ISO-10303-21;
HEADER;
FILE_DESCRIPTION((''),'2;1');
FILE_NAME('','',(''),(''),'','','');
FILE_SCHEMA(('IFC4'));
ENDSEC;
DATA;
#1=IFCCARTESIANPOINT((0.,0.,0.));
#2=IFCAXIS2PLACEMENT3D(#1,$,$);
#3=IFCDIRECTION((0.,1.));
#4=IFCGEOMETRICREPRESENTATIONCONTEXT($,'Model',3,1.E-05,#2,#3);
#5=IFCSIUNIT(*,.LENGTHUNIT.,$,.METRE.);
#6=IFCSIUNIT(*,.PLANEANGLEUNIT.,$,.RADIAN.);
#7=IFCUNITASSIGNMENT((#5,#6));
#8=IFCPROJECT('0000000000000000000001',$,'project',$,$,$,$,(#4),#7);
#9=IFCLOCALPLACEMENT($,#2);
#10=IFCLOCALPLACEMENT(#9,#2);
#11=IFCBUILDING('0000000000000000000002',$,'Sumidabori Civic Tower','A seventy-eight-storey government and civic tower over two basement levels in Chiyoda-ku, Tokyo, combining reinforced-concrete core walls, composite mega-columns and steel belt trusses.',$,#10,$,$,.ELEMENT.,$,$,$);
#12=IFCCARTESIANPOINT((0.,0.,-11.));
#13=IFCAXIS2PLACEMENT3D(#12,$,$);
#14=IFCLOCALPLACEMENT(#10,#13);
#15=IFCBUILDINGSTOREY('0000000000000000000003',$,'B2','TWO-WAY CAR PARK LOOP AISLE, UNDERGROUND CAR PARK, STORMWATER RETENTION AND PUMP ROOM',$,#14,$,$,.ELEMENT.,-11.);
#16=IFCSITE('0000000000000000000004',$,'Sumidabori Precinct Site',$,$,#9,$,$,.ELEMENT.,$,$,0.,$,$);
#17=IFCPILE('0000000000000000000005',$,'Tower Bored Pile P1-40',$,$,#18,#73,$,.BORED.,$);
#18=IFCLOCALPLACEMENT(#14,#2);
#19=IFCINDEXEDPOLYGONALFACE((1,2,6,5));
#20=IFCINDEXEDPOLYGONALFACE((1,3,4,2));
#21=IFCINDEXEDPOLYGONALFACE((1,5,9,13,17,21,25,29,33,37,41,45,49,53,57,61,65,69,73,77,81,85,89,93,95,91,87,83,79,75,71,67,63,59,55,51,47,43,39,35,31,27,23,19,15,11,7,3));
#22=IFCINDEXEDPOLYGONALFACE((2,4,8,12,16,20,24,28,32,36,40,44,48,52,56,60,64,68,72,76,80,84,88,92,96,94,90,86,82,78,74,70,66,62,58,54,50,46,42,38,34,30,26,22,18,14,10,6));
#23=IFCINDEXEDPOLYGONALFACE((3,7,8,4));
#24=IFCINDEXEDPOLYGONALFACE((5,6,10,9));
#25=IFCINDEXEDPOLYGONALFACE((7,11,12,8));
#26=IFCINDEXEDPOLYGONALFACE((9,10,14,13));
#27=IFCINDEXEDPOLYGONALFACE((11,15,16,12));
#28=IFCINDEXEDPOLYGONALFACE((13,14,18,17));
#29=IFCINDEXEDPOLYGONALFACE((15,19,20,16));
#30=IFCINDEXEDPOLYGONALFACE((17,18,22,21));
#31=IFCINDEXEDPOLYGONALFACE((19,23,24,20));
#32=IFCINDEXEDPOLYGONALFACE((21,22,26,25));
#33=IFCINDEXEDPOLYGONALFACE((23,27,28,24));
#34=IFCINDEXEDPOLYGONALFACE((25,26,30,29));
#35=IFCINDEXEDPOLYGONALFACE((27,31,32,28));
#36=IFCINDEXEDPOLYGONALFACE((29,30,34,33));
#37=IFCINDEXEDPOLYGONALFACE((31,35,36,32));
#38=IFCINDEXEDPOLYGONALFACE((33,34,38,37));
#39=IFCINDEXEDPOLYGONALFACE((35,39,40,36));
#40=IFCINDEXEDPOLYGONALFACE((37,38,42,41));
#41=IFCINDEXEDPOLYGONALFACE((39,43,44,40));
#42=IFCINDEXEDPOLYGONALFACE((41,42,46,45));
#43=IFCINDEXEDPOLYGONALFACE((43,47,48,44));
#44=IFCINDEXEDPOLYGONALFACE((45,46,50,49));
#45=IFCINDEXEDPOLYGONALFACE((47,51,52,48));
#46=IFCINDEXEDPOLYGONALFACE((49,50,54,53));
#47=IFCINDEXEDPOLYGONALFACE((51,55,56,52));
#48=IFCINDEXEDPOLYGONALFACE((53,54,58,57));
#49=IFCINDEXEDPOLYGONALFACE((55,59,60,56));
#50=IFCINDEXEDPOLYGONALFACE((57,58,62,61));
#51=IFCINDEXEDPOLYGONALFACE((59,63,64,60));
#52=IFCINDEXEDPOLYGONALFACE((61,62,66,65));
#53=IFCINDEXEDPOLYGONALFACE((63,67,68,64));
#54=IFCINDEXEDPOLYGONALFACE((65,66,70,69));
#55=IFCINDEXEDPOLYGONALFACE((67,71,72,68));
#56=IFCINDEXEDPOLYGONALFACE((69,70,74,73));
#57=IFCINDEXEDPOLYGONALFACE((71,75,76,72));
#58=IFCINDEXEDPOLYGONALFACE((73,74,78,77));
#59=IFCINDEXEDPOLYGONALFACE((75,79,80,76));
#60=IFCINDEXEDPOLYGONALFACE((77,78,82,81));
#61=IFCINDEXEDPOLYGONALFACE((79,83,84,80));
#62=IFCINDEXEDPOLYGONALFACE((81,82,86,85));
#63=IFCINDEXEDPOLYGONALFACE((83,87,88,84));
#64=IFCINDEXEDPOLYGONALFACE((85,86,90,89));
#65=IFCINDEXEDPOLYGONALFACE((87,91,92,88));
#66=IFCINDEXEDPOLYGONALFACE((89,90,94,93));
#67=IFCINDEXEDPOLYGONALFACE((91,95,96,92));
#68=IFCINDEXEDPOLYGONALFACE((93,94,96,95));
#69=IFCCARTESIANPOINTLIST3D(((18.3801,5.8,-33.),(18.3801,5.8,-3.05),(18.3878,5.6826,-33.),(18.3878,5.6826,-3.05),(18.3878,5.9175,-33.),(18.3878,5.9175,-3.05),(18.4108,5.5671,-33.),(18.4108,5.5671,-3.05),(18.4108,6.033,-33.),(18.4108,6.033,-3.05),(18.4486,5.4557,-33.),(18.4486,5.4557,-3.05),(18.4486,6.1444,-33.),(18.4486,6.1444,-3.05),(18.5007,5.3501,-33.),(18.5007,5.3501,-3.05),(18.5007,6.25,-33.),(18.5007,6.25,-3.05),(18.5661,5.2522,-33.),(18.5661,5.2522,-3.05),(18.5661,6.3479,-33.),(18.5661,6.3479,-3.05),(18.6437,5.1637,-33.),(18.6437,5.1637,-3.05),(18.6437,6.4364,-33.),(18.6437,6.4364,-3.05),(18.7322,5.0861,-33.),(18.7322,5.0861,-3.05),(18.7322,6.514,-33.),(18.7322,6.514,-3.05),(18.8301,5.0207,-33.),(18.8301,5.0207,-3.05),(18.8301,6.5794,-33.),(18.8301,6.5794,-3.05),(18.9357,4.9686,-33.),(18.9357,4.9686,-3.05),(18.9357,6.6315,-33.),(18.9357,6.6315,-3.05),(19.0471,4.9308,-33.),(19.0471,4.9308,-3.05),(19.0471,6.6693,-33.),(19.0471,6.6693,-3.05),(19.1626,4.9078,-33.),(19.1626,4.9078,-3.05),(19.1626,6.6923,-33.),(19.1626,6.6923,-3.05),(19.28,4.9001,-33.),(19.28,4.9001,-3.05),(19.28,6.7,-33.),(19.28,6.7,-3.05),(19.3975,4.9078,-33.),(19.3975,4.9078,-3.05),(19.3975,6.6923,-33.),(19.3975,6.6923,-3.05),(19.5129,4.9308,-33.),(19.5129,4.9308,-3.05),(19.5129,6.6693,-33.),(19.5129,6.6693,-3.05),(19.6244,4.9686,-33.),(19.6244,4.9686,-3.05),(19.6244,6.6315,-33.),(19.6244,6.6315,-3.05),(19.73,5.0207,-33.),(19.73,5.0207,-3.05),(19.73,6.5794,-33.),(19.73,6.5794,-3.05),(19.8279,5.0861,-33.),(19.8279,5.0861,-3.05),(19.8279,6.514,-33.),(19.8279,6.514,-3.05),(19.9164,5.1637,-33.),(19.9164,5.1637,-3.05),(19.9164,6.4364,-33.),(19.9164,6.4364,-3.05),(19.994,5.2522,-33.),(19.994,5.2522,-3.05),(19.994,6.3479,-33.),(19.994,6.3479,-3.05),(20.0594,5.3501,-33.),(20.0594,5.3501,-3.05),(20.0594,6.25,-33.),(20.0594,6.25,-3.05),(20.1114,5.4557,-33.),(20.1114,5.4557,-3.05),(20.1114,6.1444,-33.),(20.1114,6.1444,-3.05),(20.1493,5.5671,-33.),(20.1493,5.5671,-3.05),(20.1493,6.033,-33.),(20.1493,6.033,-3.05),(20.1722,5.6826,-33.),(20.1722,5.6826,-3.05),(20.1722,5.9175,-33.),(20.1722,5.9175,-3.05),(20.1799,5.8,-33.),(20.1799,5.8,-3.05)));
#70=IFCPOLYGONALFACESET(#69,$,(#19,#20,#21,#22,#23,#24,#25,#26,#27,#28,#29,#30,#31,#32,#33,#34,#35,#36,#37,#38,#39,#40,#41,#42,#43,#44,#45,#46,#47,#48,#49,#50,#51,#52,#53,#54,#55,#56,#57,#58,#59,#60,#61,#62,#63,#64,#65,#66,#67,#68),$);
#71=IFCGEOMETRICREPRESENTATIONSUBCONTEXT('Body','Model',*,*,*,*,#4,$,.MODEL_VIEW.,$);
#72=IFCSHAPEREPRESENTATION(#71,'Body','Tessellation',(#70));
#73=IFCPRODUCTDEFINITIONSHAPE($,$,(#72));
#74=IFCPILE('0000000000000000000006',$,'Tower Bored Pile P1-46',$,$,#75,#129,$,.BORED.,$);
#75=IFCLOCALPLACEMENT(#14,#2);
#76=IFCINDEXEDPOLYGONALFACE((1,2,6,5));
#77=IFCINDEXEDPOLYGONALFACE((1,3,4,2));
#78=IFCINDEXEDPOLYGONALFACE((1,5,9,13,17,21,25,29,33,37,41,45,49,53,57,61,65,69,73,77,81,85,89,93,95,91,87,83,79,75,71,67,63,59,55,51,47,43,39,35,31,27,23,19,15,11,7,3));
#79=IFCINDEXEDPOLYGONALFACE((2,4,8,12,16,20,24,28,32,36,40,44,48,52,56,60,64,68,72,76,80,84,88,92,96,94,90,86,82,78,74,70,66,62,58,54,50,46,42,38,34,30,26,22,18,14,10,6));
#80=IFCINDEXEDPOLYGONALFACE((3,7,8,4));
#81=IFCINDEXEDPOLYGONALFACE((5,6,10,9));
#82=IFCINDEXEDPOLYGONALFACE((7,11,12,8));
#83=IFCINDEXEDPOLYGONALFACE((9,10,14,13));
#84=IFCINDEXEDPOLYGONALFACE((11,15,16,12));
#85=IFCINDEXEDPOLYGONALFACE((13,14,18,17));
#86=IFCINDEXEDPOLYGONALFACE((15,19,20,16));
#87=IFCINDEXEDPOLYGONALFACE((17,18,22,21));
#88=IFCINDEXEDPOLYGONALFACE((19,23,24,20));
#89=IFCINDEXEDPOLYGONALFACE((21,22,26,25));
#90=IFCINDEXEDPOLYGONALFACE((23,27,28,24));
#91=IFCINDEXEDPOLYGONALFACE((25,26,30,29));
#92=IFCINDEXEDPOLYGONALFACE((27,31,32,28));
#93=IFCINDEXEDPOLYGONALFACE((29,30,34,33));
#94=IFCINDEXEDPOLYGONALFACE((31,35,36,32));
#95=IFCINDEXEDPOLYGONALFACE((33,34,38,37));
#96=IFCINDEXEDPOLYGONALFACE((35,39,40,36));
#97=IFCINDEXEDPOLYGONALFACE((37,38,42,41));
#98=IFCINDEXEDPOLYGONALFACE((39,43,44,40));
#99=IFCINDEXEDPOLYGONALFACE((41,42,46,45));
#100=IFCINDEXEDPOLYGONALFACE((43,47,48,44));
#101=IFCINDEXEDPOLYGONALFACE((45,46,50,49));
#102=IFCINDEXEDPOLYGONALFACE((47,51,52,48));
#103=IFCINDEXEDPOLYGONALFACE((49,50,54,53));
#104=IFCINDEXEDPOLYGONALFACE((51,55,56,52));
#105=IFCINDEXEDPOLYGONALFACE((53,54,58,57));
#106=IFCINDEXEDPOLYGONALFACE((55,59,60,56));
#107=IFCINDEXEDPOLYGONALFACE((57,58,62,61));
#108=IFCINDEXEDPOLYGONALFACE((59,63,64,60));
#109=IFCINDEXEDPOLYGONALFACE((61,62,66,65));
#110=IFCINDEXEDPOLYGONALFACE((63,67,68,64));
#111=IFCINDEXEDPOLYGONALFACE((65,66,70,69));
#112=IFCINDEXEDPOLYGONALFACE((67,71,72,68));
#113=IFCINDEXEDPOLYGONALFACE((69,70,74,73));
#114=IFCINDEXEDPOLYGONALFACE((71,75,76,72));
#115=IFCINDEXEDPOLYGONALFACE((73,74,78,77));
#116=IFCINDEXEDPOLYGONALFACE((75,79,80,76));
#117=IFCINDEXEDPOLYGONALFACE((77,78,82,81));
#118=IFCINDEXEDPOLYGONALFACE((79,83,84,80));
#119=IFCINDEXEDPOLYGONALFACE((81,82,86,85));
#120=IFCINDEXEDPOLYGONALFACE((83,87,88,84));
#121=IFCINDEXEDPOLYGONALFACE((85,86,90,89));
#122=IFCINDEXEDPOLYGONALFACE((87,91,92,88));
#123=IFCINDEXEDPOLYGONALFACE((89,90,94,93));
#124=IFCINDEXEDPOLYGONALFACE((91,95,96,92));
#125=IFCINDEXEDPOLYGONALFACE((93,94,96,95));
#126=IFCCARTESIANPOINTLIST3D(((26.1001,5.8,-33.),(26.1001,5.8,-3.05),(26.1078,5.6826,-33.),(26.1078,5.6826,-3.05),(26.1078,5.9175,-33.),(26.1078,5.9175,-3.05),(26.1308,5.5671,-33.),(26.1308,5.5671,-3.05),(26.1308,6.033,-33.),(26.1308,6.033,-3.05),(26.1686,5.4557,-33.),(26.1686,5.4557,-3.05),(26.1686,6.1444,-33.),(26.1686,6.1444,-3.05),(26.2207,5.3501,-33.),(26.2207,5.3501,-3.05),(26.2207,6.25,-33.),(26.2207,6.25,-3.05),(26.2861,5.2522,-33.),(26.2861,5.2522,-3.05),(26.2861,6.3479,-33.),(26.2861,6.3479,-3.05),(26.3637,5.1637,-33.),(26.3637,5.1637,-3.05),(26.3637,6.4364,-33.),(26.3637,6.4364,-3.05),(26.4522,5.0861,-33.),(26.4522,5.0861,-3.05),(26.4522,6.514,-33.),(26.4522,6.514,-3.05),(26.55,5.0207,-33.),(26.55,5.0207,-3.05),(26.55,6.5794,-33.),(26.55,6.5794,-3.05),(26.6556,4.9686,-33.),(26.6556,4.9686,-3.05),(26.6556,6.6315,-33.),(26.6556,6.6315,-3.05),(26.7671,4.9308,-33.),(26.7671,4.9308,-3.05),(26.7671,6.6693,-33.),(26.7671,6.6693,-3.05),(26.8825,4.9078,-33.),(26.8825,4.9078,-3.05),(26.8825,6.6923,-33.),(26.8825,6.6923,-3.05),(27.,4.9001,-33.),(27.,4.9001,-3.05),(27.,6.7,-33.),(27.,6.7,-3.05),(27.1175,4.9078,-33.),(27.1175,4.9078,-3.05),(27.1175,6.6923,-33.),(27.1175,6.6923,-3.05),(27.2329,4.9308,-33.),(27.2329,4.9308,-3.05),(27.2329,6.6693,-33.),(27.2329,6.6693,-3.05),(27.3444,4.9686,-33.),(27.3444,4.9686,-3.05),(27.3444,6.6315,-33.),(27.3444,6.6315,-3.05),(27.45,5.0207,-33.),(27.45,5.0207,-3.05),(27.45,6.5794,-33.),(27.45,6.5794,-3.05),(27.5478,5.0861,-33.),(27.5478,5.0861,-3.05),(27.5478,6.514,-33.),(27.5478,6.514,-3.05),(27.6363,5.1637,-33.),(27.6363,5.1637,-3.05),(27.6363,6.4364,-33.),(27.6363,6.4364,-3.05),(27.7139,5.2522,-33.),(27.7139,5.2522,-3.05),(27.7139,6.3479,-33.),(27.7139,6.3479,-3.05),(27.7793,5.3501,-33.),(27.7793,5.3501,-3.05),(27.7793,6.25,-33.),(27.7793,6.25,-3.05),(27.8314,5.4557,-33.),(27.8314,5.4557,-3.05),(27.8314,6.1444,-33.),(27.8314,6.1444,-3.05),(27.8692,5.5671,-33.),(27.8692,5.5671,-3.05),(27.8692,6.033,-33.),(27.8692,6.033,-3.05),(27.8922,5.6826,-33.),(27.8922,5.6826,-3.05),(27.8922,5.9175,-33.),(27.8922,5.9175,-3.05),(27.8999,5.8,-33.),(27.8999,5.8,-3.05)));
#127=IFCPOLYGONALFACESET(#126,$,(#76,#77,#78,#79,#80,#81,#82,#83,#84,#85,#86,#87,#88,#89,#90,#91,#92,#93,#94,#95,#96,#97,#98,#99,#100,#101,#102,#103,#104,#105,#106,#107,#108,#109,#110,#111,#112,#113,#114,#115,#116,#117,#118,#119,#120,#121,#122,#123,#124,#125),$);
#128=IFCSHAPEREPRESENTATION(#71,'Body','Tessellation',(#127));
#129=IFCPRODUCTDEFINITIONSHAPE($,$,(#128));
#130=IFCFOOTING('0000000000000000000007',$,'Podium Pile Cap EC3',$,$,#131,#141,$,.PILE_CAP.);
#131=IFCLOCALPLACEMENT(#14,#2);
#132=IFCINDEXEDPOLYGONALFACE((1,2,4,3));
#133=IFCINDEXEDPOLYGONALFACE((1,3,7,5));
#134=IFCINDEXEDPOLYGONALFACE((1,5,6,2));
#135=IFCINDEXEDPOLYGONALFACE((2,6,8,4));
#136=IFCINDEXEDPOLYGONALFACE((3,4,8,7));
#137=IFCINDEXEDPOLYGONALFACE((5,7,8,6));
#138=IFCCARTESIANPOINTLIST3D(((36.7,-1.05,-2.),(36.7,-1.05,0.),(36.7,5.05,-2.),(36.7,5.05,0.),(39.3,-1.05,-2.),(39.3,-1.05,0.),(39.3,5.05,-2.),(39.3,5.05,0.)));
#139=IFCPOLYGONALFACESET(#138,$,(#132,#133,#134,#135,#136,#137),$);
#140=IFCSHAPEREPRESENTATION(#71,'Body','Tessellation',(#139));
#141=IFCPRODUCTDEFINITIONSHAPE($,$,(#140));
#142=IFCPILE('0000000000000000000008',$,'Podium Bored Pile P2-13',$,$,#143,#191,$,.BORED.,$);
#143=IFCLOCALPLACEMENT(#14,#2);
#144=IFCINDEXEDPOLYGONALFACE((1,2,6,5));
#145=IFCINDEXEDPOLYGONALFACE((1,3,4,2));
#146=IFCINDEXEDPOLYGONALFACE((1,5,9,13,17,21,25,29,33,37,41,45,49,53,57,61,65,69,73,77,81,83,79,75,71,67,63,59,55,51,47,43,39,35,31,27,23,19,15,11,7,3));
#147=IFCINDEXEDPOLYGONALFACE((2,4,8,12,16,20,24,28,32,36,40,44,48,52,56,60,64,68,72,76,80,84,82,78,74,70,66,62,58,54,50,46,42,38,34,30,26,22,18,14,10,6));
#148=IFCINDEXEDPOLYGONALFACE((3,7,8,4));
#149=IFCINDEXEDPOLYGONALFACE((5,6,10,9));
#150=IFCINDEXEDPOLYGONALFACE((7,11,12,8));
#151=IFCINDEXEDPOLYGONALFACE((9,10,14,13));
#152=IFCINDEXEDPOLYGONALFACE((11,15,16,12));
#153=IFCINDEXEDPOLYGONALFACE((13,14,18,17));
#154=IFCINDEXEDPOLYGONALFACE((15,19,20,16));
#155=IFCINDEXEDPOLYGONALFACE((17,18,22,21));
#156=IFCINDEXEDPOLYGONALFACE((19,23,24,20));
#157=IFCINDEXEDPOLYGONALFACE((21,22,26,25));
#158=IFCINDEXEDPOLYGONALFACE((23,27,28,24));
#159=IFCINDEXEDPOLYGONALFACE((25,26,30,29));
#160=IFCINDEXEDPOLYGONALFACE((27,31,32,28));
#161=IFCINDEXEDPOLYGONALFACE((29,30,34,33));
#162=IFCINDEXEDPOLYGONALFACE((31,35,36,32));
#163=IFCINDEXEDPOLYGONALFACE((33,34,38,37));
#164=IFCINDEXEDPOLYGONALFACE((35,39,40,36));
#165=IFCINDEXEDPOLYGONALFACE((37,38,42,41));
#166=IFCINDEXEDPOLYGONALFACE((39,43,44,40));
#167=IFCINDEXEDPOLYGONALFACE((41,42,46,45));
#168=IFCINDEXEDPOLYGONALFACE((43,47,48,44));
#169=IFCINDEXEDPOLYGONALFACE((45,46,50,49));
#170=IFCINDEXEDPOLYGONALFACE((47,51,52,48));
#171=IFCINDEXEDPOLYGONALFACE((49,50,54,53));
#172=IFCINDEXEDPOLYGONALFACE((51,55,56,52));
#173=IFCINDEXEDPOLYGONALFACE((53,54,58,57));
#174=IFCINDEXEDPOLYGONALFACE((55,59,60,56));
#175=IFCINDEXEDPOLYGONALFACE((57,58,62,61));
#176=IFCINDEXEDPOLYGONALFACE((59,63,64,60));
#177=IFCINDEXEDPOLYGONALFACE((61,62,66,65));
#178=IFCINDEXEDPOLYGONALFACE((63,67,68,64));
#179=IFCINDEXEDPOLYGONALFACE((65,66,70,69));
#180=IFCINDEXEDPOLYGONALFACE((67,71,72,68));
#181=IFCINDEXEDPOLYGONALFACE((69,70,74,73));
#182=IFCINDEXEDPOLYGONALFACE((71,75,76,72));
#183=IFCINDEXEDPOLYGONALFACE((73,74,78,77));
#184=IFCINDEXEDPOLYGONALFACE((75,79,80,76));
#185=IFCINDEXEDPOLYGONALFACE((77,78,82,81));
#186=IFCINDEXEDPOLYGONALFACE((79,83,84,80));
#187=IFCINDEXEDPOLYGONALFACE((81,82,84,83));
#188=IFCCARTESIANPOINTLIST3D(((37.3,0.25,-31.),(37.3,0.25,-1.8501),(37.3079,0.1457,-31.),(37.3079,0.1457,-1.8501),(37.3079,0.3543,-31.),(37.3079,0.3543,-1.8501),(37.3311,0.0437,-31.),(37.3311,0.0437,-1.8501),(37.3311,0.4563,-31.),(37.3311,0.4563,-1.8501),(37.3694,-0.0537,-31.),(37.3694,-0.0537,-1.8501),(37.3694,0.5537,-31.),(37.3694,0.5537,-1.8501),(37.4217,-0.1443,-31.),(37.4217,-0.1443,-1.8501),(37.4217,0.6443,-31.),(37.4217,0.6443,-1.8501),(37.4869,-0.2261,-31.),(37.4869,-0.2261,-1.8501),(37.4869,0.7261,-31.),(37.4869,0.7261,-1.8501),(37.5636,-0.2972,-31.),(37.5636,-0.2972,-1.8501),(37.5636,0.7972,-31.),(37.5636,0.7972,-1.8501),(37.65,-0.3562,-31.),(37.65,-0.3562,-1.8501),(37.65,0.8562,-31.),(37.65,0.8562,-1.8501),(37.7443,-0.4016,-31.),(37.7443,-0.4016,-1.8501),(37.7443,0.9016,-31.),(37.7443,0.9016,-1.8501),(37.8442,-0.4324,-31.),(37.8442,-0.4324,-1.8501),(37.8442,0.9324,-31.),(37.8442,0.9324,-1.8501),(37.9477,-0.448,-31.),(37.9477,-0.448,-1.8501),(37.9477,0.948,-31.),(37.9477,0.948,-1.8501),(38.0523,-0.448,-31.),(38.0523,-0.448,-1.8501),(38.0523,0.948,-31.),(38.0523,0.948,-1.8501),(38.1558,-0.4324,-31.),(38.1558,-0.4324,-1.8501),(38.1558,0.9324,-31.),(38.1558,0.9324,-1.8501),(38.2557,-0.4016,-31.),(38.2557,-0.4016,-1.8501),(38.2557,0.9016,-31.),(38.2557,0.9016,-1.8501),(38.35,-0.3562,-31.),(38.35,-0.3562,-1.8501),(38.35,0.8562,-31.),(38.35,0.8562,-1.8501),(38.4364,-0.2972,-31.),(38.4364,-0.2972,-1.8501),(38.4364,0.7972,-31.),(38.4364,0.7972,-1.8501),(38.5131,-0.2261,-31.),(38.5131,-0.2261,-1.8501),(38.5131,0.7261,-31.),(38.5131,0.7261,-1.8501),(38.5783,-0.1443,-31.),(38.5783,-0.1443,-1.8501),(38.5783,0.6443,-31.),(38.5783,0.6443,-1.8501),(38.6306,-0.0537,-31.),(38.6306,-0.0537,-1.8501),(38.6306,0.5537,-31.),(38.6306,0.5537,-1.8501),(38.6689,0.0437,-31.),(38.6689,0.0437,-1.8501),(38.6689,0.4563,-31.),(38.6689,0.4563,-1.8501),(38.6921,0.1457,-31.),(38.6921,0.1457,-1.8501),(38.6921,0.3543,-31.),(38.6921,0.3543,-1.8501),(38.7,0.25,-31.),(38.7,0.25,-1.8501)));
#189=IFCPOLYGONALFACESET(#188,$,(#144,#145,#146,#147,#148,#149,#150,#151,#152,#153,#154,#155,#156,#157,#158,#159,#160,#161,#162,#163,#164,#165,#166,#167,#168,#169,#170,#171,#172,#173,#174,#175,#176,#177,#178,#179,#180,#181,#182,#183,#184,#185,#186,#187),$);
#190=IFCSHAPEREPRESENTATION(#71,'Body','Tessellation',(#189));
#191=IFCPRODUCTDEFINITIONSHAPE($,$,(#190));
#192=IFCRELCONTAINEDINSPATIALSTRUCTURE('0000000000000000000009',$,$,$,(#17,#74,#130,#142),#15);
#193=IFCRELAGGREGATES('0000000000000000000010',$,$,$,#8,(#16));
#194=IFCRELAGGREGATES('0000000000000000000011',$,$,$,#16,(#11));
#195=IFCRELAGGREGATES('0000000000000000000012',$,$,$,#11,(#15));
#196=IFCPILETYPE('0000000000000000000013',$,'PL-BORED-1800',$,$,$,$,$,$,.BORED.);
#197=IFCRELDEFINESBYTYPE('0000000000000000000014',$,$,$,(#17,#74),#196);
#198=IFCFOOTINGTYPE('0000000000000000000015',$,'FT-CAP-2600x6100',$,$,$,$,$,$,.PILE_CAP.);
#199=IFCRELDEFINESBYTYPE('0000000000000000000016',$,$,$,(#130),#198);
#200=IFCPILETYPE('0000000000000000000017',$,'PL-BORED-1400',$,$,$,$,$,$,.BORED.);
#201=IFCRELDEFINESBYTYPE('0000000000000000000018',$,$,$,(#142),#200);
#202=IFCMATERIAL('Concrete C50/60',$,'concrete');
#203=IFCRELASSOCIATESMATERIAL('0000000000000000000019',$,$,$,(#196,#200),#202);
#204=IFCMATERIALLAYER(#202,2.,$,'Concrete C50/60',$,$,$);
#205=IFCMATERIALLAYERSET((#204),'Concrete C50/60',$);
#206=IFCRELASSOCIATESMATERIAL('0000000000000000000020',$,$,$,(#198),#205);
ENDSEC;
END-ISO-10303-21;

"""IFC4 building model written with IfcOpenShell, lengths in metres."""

from ifc_helpers import new_model, si_unit, direction, frame, origin, origin_2d, place, context, subcontext, project, spatial, rectangle, circle, extrude, source, transform, mapped, material, layer, layer_set, material_profile, profile_set, type_object, element, save


model = new_model("IFC4")

# Units and contexts
model_context = context("Model", 3, precision=1e-05, world=origin(), true_north=direction((0.0, 1.0)))
body_context = subcontext(model_context, "Body", "Model", "MODEL_VIEW")
ifc_project = project(units=[si_unit("LENGTHUNIT", "METRE"), si_unit("PLANEANGLEUNIT", "RADIAN")], contexts=[model_context])

# Site, building, storey
site_placement = place(None, origin())
site = spatial("IfcSite", under=ifc_project, at=site_placement, Name="Sumidabori Precinct Site", CompositionType="ELEMENT", RefElevation=0.0)
building_placement = place(site_placement, origin())
building = spatial("IfcBuilding", under=site, at=building_placement, Name="Sumidabori Civic Tower", Description="A seventy-eight-storey government and civic tower over two basement levels in Chiyoda-ku, Tokyo, combining reinforced-concrete core walls, composite mega-columns and steel belt trusses.", CompositionType="ELEMENT")
storey_placement = place(building_placement, frame((0.0, 0.0, -11.0)))
storey = spatial("IfcBuildingStorey", under=building, at=storey_placement, Name="B2", Description="TWO-WAY CAR PARK LOOP AISLE, UNDERGROUND CAR PARK, STORMWATER RETENTION AND PUMP ROOM", CompositionType="ELEMENT", Elevation=-11.0)

# Piles
ifc_material_1 = material(Name="Concrete C50/60", Category="concrete")
ifc_material_profile_1 = material_profile(ifc_material_1, circle(Radius=0.8999, at=origin_2d()), Name="BORED PILE 1800")
ifc_profile_set_1 = profile_set([ifc_material_profile_1], Name="Concrete C50/60")
pile_type_1 = type_object("IfcPileType", Name="PL-BORED-1800", PredefinedType="BORED", material=ifc_profile_set_1)
shared_shape_1 = source(origin(), body_context, "Body", "SweptSolid", [
    extrude(circle(Radius=0.8999, at=origin_2d()), origin(), (0.0, 0.0, 1.0), 29.95),
])
for number, where, z_axis, x_axis, name in (
    (1, (19.28, 5.8, -3.05), (0.0, 0.0, -1.0), (1.0, 0.0, 0.0), "Tower Bored Pile P1-40"),
    (2, (27.0, 5.8, -3.05), (0.0, 0.0, -1.0), (1.0, 0.0, 0.0), "Tower Bored Pile P1-46"),
):
    element("IfcPile", number, at=place(storey_placement, frame(where, z_axis=z_axis, x_axis=x_axis)), inside=storey, type_object=pile_type_1, Name=name, PredefinedType="BORED", context=body_context, shape_type="MappedRepresentation", body=[
        mapped(shared_shape_1, transform((0.0, 0.0, 0.0), x_axis=(1.0, 0.0, 0.0), y_axis=(0.0, 1.0, 0.0), z_axis=(0.0, 0.0, 1.0), scale=1.0)),
    ])

# Footing
ifc_layer_1 = layer(ifc_material_1, 2.0, Name="Concrete C50/60")
ifc_layer_set_1 = layer_set([ifc_layer_1], Name="Concrete C50/60")
footing_type = type_object("IfcFootingType", Name="FT-CAP-2600x6100", PredefinedType="PILE_CAP", material=ifc_layer_set_1)
shared_shape_2 = source(origin(), body_context, "Body", "SweptSolid", [
    extrude(rectangle(XDim=2.6001, YDim=6.1001, at=origin_2d()), origin(), (0.0, 0.0, 1.0), 2.0),
])
footing_placement = place(storey_placement, frame((38.0, 2.0, -2.0), z_axis=(0.0, 0.0, 1.0), x_axis=(1.0, 0.0, 0.0)))
element("IfcFooting", 3, at=footing_placement, inside=storey, type_object=footing_type, Name="Podium Pile Cap EC3", PredefinedType="PILE_CAP", context=body_context, shape_type="MappedRepresentation", body=[
    mapped(shared_shape_2, transform((0.0, 0.0, 0.0), x_axis=(1.0, 0.0, 0.0), y_axis=(0.0, 1.0, 0.0), z_axis=(0.0, 0.0, 1.0), scale=1.0)),
])

# Pile
ifc_material_profile_2 = material_profile(ifc_material_1, circle(Radius=0.7, at=origin_2d()), Name="BORED PILE 1400")
ifc_profile_set_2 = profile_set([ifc_material_profile_2], Name="Concrete C50/60")
pile_type_2 = type_object("IfcPileType", Name="PL-BORED-1400", PredefinedType="BORED", material=ifc_profile_set_2)
shared_shape_3 = source(origin(), body_context, "Body", "SweptSolid", [
    extrude(circle(Radius=0.7, at=origin_2d()), origin(), (0.0, 0.0, 1.0), 29.1499),
])
for number, where, z_axis, x_axis, name in (
    (4, (38.0, 0.25, -1.8501), (0.0, 0.0, -1.0), (1.0, 0.0, 0.0), "Podium Bored Pile P2-13"),
):
    element("IfcPile", number, at=place(storey_placement, frame(where, z_axis=z_axis, x_axis=x_axis)), inside=storey, type_object=pile_type_2, Name=name, PredefinedType="BORED", context=body_context, shape_type="MappedRepresentation", body=[
        mapped(shared_shape_3, transform((0.0, 0.0, 0.0), x_axis=(1.0, 0.0, 0.0), y_axis=(0.0, 1.0, 0.0), z_axis=(0.0, 0.0, 1.0), scale=1.0)),
    ])

save(model, "model.ifc")
